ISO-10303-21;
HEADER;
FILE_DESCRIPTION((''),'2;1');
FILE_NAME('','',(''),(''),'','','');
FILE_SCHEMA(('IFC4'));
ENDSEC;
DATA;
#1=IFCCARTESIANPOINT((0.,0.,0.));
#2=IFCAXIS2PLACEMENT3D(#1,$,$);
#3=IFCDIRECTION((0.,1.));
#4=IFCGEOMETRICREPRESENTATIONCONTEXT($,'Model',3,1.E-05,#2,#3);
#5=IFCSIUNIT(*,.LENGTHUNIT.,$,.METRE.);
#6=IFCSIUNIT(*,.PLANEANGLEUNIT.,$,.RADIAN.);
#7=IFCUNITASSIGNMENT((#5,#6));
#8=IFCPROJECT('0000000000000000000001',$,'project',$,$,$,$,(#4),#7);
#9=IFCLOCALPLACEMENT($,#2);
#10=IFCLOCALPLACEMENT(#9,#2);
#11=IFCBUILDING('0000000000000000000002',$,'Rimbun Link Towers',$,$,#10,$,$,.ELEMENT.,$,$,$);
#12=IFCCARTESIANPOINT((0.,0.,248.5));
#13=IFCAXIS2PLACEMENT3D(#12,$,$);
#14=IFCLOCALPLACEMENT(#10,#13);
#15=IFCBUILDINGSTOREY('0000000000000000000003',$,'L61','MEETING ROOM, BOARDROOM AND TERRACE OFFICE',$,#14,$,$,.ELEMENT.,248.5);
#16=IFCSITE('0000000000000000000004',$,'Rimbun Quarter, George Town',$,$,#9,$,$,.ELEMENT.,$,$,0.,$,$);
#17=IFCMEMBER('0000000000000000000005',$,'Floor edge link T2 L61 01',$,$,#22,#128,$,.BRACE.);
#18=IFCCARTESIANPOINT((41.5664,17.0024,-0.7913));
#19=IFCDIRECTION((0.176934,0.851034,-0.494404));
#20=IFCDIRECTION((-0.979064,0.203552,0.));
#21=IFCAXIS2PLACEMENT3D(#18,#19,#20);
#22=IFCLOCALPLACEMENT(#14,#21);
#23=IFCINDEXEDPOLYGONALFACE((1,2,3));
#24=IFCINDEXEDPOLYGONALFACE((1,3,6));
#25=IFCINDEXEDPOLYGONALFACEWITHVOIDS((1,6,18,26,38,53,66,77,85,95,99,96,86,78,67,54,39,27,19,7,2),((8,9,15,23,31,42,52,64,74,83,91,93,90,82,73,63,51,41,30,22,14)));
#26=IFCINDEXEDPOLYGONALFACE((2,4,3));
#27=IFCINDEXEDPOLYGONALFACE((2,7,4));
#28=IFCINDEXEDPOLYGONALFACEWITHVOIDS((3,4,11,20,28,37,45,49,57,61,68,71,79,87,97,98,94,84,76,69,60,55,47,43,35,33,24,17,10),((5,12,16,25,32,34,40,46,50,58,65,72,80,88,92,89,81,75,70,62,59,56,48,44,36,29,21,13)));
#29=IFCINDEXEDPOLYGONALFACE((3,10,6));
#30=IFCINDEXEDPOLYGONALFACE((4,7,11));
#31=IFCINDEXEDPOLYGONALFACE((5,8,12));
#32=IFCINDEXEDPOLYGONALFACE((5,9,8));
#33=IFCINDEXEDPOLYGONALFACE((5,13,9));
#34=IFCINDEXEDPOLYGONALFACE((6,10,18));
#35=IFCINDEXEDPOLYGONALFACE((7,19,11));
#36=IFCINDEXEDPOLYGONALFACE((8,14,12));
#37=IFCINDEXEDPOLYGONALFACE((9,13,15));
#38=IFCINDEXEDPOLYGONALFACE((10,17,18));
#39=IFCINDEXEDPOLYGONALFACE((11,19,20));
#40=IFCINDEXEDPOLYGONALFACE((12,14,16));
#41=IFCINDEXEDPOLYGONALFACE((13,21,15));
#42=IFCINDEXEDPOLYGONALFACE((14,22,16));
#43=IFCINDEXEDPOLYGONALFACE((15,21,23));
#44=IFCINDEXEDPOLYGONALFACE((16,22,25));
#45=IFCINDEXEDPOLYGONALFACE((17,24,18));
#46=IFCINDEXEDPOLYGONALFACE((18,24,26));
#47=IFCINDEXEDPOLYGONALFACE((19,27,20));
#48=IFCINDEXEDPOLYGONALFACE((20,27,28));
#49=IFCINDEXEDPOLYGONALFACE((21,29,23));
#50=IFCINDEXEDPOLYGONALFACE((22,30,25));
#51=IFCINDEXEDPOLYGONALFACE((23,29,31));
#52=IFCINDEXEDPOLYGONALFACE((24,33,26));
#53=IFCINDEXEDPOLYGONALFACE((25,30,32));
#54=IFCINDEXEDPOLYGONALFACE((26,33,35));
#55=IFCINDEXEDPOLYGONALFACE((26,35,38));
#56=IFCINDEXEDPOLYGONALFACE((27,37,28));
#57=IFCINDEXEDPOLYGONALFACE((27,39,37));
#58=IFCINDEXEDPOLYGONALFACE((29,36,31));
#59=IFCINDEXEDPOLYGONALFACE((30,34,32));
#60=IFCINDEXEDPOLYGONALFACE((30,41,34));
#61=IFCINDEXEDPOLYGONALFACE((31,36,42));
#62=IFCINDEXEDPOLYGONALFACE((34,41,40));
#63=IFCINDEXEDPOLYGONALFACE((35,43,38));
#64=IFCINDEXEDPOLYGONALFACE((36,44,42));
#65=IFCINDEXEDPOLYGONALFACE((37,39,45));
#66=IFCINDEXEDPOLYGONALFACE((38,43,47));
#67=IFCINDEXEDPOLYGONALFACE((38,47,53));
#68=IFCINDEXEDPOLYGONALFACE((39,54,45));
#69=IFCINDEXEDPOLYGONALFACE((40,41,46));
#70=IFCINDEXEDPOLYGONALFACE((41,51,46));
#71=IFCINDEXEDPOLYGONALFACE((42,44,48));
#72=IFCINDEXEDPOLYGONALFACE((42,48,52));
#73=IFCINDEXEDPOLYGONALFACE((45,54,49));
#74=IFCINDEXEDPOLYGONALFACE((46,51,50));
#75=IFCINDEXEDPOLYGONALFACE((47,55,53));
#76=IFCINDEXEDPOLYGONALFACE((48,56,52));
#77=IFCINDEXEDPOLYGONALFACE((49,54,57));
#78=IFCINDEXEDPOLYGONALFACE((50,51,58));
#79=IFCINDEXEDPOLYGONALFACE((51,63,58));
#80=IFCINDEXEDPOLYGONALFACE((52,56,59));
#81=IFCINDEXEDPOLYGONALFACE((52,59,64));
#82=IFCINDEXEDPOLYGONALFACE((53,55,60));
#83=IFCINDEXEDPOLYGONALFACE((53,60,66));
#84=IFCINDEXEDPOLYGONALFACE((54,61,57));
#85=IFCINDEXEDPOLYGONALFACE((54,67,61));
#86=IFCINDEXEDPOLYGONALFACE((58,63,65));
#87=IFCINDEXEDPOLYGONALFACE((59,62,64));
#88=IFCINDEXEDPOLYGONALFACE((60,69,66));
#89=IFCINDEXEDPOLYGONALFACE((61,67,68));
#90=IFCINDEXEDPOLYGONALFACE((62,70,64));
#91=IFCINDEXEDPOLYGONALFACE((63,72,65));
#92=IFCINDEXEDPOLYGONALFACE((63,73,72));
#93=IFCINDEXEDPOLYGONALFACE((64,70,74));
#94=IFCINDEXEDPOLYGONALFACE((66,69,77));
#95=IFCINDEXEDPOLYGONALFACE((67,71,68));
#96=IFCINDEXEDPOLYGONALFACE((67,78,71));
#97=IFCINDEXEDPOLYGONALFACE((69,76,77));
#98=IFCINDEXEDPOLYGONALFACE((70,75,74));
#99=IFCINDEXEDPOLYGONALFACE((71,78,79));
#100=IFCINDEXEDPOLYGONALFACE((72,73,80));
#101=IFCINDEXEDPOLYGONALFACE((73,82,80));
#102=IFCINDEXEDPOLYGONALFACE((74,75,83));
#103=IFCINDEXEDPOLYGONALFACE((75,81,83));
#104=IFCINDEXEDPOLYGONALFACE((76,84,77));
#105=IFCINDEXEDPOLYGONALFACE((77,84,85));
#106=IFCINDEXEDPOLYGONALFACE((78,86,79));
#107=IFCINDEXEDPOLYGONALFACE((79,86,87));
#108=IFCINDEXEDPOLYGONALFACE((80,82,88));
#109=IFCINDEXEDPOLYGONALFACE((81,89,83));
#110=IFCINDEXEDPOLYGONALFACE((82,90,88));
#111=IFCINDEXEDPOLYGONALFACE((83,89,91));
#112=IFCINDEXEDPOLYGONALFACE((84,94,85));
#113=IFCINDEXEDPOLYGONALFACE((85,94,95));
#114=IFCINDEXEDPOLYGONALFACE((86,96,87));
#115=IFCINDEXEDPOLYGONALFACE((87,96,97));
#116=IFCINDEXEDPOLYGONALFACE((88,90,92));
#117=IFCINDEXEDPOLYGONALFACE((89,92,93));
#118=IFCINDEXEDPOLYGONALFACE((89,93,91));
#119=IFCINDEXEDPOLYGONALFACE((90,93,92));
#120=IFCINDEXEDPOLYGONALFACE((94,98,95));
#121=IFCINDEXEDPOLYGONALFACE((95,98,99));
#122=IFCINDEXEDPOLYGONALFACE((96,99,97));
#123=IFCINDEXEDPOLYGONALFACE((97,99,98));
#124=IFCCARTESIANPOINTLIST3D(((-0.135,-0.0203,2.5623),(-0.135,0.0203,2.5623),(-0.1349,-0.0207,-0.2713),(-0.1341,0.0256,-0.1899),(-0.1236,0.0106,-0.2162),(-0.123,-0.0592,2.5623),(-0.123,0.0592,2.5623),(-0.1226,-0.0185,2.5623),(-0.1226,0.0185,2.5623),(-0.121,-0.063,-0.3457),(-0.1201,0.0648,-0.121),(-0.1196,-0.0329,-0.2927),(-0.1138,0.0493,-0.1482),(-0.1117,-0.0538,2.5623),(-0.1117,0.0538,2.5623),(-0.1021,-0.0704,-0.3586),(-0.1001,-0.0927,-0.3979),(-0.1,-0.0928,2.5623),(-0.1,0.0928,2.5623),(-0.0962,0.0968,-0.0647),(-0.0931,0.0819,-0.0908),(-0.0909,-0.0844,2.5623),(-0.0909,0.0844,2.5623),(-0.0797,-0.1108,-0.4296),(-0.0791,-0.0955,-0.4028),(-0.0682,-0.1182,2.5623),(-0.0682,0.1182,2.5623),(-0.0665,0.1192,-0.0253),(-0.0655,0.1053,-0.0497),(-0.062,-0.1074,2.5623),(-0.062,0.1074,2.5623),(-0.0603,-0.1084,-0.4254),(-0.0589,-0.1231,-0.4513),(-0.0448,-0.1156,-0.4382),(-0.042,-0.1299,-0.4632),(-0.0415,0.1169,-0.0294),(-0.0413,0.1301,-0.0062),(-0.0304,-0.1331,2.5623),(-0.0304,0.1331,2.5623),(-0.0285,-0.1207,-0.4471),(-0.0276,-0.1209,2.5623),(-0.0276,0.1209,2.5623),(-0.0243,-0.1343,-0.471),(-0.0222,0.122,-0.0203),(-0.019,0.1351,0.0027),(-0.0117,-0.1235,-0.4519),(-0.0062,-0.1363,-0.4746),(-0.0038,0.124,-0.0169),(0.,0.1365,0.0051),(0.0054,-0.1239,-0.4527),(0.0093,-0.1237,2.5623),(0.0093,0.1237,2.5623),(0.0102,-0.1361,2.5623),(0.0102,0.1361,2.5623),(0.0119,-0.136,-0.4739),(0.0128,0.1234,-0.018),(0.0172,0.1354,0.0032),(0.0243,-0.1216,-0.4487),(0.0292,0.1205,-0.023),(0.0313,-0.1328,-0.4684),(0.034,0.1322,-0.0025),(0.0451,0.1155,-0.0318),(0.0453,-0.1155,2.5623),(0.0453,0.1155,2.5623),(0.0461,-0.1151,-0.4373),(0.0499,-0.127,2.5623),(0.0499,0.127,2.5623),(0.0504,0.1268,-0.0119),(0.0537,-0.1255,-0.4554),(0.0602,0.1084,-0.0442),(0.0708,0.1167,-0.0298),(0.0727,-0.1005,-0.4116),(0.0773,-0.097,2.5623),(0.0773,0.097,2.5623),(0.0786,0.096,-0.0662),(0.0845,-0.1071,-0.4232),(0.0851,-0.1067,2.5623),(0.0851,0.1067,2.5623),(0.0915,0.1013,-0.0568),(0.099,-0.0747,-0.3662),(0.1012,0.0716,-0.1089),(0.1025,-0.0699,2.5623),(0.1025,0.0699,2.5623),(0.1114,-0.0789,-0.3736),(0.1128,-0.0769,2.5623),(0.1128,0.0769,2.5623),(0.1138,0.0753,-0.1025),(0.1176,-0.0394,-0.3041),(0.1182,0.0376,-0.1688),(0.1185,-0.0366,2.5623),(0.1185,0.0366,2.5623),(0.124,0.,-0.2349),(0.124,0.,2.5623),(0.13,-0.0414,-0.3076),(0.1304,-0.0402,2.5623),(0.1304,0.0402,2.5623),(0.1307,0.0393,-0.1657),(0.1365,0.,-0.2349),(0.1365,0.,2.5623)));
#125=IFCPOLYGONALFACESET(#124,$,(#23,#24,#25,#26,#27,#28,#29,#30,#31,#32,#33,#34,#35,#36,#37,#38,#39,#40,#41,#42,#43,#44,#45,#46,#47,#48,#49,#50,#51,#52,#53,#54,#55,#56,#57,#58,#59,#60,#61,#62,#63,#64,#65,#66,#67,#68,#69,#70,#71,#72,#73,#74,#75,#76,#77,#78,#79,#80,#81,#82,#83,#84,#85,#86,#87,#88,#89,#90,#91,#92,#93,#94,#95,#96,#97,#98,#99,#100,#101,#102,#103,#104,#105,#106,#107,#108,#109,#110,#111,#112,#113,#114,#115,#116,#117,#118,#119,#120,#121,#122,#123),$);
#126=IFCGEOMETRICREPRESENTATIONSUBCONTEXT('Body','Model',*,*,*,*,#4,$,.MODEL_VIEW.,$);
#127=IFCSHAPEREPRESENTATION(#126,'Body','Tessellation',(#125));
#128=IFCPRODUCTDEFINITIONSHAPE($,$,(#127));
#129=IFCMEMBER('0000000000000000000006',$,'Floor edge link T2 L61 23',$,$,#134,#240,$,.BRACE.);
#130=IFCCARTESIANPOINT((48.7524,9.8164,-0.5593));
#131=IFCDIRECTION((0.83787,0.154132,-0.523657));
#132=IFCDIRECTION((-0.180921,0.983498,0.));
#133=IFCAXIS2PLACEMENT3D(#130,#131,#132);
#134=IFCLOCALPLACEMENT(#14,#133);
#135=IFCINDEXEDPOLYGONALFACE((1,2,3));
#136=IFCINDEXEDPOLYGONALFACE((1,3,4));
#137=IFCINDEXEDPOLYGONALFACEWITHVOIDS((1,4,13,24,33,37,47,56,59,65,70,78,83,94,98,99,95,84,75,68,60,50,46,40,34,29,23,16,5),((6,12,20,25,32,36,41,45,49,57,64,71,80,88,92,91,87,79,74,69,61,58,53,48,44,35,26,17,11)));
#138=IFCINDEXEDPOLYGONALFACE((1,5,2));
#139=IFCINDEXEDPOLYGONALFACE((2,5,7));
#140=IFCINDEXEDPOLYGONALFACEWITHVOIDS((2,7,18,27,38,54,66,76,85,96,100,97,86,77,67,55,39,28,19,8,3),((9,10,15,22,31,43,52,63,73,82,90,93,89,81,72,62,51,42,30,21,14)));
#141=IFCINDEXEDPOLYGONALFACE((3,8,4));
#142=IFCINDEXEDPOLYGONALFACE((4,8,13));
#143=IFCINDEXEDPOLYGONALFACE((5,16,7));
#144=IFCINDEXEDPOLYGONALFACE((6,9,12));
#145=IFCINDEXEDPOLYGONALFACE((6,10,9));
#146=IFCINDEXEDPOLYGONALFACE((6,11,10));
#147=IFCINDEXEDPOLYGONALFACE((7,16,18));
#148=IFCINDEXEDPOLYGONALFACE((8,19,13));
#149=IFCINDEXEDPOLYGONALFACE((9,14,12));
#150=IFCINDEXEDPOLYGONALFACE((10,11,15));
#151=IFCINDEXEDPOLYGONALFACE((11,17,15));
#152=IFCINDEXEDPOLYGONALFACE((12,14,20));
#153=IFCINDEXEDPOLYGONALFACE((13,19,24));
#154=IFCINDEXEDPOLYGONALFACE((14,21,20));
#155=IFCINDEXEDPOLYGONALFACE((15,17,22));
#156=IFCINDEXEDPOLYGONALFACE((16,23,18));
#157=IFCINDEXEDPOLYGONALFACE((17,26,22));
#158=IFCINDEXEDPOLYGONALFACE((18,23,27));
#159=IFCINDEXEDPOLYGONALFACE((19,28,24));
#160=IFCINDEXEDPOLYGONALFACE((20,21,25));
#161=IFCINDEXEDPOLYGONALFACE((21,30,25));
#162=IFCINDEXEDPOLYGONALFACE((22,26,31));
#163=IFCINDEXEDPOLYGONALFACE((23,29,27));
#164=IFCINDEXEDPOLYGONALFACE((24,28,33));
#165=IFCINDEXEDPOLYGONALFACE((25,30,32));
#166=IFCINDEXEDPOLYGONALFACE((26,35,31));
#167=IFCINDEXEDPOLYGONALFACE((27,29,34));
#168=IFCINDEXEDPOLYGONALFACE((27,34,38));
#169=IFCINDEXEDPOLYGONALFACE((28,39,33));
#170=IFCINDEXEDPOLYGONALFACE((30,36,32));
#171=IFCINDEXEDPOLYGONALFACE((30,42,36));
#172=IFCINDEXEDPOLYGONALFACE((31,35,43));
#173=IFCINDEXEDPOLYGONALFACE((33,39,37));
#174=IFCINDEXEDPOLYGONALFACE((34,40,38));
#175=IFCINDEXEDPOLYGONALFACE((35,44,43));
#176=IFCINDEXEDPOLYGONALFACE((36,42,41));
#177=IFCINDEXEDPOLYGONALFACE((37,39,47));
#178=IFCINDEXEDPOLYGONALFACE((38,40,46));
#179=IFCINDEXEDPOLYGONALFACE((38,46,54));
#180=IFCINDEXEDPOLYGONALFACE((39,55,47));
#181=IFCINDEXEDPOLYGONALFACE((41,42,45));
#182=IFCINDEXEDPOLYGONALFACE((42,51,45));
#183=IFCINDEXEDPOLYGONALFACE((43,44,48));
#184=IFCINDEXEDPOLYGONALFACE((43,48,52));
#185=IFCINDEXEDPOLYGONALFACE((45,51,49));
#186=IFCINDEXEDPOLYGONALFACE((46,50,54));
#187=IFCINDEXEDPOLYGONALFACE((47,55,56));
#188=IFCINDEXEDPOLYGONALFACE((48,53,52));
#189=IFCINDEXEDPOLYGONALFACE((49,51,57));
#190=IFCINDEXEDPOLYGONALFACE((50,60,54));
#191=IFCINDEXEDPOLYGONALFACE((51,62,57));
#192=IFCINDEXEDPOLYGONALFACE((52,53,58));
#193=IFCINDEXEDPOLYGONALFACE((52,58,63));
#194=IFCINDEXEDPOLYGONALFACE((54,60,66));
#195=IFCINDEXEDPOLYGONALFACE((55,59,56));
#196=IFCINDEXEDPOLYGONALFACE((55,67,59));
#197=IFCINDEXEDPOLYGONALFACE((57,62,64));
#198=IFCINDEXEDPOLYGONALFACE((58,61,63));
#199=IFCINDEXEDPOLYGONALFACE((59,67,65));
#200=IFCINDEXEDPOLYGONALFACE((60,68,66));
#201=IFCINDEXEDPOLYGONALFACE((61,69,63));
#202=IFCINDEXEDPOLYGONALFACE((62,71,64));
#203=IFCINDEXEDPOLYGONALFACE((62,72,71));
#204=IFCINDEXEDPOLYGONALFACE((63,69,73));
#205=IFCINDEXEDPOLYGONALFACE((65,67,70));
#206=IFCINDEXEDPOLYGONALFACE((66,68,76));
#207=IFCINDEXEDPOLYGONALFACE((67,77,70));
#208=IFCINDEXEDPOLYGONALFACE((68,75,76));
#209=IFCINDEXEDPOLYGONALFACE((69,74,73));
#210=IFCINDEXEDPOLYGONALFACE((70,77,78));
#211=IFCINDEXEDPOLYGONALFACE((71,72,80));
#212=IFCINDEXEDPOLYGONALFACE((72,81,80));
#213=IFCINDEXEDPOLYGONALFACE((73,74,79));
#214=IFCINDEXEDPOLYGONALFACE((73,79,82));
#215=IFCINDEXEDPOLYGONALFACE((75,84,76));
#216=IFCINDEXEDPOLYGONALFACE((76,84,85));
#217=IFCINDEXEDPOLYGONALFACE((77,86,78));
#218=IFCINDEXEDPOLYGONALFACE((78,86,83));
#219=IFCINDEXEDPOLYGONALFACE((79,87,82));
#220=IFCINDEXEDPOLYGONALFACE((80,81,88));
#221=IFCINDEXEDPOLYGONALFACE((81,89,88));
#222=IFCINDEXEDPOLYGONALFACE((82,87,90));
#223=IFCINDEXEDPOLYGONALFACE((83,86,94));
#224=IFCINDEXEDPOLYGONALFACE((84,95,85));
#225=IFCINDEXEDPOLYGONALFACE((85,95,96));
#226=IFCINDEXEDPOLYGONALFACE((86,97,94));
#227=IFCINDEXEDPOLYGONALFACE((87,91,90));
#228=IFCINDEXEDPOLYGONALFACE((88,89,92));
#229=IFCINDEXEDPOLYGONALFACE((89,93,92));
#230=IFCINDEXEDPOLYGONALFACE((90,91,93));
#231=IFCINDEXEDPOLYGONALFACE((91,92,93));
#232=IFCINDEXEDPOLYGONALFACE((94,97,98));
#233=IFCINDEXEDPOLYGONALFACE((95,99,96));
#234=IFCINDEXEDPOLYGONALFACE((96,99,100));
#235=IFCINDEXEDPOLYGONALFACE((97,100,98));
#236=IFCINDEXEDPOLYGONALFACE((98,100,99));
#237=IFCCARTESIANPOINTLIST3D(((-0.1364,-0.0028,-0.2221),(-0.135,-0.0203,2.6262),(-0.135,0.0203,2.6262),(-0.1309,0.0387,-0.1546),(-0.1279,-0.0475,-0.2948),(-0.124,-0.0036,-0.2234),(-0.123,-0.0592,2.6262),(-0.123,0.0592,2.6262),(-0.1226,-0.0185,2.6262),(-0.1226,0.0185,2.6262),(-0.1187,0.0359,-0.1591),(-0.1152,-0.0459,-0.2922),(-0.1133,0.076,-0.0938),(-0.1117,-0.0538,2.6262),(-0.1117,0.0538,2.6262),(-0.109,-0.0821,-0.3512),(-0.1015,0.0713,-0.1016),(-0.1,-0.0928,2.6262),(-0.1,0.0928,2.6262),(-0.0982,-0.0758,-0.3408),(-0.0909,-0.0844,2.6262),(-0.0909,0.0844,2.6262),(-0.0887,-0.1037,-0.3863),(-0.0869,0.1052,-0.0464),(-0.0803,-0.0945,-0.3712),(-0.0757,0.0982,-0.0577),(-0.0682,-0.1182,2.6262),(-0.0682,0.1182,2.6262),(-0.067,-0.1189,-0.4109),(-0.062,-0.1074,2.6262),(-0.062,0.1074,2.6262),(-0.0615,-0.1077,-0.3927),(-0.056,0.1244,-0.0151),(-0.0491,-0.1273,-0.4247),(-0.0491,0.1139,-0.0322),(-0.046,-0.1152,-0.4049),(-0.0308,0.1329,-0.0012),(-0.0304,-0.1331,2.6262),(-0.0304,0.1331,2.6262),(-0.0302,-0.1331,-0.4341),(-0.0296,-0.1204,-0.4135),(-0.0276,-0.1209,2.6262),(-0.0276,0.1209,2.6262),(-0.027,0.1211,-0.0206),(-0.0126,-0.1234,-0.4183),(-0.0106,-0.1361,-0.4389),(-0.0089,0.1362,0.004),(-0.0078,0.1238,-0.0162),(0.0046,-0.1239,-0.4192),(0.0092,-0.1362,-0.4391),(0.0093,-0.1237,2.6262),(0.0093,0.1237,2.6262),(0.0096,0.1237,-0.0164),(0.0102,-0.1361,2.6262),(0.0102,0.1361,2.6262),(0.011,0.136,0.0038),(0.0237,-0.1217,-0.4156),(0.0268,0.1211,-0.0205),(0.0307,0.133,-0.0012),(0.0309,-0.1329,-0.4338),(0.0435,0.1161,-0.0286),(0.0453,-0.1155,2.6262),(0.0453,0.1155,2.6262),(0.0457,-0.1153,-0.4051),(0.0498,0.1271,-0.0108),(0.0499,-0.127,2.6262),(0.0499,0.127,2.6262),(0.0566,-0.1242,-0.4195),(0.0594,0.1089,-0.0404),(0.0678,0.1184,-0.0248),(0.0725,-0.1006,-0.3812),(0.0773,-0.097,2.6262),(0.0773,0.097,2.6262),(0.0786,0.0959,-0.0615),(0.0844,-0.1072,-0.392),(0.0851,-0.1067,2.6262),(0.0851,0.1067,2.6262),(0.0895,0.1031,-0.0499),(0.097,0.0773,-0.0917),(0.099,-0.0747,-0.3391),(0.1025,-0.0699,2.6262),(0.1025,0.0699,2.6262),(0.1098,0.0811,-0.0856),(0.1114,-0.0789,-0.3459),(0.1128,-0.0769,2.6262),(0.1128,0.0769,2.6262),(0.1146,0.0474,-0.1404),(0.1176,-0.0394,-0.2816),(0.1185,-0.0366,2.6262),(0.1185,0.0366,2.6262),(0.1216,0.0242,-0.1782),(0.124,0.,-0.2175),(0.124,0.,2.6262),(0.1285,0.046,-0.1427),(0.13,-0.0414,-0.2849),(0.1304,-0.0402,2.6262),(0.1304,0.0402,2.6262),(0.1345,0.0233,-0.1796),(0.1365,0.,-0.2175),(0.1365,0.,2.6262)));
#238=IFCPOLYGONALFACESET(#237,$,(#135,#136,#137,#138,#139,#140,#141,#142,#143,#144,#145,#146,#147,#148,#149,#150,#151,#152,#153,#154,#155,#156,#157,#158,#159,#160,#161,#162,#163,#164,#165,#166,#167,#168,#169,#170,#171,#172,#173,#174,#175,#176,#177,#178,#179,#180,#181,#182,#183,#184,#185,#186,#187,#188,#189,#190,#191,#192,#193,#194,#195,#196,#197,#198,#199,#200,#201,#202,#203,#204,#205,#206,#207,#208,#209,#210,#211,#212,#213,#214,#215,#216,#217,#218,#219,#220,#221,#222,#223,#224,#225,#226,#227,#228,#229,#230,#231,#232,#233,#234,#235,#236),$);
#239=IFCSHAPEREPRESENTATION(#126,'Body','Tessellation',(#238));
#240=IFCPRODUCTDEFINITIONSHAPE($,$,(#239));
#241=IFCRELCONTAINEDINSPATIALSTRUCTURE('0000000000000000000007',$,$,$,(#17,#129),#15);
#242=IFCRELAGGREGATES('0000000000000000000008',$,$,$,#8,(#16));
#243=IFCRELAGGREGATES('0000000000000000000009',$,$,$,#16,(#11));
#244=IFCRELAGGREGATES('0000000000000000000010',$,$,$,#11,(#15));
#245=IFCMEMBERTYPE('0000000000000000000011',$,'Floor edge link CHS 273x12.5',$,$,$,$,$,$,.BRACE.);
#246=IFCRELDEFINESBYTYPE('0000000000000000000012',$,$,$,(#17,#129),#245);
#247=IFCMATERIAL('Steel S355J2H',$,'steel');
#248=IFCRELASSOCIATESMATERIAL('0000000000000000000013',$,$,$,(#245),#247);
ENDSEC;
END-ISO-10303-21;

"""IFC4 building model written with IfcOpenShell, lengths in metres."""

from ifc_helpers import new_model, si_unit, direction, frame, origin, origin_2d, place, context, subcontext, project, spatial, hollow_circle, extrude, clip, halfspace, material, material_profile, profile_set, type_object, element, save


model = new_model("IFC4")

# Units and contexts
model_context = context("Model", 3, precision=1e-05, world=origin(), true_north=direction((0.0, 1.0)))
body_context = subcontext(model_context, "Body", "Model", "MODEL_VIEW")
ifc_project = project(units=[si_unit("LENGTHUNIT", "METRE"), si_unit("PLANEANGLEUNIT", "RADIAN")], contexts=[model_context])

# Site, building, storey
site_placement = place(None, origin())
site = spatial("IfcSite", under=ifc_project, at=site_placement, Name="Rimbun Quarter, George Town", CompositionType="ELEMENT", RefElevation=0.0)
building_placement = place(site_placement, origin())
building = spatial("IfcBuilding", under=site, at=building_placement, Name="Rimbun Link Towers", CompositionType="ELEMENT")
storey_placement = place(building_placement, frame((0.0, 0.0, 248.5)))
storey = spatial("IfcBuildingStorey", under=building, at=storey_placement, Name="L61", Description="MEETING ROOM, BOARDROOM AND TERRACE OFFICE", CompositionType="ELEMENT", Elevation=248.5)

# Members
ifc_material_1 = material(Name="Steel S355J2H", Category="steel")
ifc_material_profile_1 = material_profile(ifc_material_1, hollow_circle(Radius=0.1365, WallThickness=0.0125, at=origin_2d()), Name="CHS 273x12.5")
ifc_profile_set_1 = profile_set([ifc_material_profile_1], Name="Steel S355J2H")
member_type_1 = type_object("IfcMemberType", Name="Floor edge link CHS 273x12.5", PredefinedType="BRACE", material=ifc_profile_set_1)
member_1_placement = place(storey_placement, frame((41.5664, 17.0024, -0.7913), z_axis=(0.176934, 0.851034, -0.494404), x_axis=(-0.979064, 0.203552, 0.0)))
element("IfcMember", 1, at=member_1_placement, inside=storey, type_object=member_type_1, Name="Floor edge link T2 L61 01", PredefinedType="BRACE", context=body_context, shape_type="Clipping", body=[
    clip(extrude(hollow_circle(Radius=0.1365, WallThickness=0.0125, at=origin_2d()), frame((0.0, 0.0, -0.5002)), (0.0, 0.0, 1.0), 3.0625), halfspace(frame((0.0, 0.0, -0.2349), z_axis=(0.0, 0.869232, -0.494404)), False)),
])
member_2_placement = place(storey_placement, frame((48.7524, 9.8164, -0.5593), z_axis=(0.83787, 0.154132, -0.523657), x_axis=(-0.180921, 0.983498, 0.0)))
element("IfcMember", 2, at=member_2_placement, inside=storey, type_object=member_type_1, Name="Floor edge link T2 L61 23", PredefinedType="BRACE", context=body_context, shape_type="Clipping", body=[
    clip(extrude(hollow_circle(Radius=0.1365, WallThickness=0.0125, at=origin_2d()), frame((0.0, 0.0, -0.4631)), (0.0, 0.0, 1.0), 3.0894), halfspace(frame((0.0, 0.0, -0.2175), z_axis=(0.0, 0.851929, -0.523657)), False)),
])

save(model, "model.ifc")
